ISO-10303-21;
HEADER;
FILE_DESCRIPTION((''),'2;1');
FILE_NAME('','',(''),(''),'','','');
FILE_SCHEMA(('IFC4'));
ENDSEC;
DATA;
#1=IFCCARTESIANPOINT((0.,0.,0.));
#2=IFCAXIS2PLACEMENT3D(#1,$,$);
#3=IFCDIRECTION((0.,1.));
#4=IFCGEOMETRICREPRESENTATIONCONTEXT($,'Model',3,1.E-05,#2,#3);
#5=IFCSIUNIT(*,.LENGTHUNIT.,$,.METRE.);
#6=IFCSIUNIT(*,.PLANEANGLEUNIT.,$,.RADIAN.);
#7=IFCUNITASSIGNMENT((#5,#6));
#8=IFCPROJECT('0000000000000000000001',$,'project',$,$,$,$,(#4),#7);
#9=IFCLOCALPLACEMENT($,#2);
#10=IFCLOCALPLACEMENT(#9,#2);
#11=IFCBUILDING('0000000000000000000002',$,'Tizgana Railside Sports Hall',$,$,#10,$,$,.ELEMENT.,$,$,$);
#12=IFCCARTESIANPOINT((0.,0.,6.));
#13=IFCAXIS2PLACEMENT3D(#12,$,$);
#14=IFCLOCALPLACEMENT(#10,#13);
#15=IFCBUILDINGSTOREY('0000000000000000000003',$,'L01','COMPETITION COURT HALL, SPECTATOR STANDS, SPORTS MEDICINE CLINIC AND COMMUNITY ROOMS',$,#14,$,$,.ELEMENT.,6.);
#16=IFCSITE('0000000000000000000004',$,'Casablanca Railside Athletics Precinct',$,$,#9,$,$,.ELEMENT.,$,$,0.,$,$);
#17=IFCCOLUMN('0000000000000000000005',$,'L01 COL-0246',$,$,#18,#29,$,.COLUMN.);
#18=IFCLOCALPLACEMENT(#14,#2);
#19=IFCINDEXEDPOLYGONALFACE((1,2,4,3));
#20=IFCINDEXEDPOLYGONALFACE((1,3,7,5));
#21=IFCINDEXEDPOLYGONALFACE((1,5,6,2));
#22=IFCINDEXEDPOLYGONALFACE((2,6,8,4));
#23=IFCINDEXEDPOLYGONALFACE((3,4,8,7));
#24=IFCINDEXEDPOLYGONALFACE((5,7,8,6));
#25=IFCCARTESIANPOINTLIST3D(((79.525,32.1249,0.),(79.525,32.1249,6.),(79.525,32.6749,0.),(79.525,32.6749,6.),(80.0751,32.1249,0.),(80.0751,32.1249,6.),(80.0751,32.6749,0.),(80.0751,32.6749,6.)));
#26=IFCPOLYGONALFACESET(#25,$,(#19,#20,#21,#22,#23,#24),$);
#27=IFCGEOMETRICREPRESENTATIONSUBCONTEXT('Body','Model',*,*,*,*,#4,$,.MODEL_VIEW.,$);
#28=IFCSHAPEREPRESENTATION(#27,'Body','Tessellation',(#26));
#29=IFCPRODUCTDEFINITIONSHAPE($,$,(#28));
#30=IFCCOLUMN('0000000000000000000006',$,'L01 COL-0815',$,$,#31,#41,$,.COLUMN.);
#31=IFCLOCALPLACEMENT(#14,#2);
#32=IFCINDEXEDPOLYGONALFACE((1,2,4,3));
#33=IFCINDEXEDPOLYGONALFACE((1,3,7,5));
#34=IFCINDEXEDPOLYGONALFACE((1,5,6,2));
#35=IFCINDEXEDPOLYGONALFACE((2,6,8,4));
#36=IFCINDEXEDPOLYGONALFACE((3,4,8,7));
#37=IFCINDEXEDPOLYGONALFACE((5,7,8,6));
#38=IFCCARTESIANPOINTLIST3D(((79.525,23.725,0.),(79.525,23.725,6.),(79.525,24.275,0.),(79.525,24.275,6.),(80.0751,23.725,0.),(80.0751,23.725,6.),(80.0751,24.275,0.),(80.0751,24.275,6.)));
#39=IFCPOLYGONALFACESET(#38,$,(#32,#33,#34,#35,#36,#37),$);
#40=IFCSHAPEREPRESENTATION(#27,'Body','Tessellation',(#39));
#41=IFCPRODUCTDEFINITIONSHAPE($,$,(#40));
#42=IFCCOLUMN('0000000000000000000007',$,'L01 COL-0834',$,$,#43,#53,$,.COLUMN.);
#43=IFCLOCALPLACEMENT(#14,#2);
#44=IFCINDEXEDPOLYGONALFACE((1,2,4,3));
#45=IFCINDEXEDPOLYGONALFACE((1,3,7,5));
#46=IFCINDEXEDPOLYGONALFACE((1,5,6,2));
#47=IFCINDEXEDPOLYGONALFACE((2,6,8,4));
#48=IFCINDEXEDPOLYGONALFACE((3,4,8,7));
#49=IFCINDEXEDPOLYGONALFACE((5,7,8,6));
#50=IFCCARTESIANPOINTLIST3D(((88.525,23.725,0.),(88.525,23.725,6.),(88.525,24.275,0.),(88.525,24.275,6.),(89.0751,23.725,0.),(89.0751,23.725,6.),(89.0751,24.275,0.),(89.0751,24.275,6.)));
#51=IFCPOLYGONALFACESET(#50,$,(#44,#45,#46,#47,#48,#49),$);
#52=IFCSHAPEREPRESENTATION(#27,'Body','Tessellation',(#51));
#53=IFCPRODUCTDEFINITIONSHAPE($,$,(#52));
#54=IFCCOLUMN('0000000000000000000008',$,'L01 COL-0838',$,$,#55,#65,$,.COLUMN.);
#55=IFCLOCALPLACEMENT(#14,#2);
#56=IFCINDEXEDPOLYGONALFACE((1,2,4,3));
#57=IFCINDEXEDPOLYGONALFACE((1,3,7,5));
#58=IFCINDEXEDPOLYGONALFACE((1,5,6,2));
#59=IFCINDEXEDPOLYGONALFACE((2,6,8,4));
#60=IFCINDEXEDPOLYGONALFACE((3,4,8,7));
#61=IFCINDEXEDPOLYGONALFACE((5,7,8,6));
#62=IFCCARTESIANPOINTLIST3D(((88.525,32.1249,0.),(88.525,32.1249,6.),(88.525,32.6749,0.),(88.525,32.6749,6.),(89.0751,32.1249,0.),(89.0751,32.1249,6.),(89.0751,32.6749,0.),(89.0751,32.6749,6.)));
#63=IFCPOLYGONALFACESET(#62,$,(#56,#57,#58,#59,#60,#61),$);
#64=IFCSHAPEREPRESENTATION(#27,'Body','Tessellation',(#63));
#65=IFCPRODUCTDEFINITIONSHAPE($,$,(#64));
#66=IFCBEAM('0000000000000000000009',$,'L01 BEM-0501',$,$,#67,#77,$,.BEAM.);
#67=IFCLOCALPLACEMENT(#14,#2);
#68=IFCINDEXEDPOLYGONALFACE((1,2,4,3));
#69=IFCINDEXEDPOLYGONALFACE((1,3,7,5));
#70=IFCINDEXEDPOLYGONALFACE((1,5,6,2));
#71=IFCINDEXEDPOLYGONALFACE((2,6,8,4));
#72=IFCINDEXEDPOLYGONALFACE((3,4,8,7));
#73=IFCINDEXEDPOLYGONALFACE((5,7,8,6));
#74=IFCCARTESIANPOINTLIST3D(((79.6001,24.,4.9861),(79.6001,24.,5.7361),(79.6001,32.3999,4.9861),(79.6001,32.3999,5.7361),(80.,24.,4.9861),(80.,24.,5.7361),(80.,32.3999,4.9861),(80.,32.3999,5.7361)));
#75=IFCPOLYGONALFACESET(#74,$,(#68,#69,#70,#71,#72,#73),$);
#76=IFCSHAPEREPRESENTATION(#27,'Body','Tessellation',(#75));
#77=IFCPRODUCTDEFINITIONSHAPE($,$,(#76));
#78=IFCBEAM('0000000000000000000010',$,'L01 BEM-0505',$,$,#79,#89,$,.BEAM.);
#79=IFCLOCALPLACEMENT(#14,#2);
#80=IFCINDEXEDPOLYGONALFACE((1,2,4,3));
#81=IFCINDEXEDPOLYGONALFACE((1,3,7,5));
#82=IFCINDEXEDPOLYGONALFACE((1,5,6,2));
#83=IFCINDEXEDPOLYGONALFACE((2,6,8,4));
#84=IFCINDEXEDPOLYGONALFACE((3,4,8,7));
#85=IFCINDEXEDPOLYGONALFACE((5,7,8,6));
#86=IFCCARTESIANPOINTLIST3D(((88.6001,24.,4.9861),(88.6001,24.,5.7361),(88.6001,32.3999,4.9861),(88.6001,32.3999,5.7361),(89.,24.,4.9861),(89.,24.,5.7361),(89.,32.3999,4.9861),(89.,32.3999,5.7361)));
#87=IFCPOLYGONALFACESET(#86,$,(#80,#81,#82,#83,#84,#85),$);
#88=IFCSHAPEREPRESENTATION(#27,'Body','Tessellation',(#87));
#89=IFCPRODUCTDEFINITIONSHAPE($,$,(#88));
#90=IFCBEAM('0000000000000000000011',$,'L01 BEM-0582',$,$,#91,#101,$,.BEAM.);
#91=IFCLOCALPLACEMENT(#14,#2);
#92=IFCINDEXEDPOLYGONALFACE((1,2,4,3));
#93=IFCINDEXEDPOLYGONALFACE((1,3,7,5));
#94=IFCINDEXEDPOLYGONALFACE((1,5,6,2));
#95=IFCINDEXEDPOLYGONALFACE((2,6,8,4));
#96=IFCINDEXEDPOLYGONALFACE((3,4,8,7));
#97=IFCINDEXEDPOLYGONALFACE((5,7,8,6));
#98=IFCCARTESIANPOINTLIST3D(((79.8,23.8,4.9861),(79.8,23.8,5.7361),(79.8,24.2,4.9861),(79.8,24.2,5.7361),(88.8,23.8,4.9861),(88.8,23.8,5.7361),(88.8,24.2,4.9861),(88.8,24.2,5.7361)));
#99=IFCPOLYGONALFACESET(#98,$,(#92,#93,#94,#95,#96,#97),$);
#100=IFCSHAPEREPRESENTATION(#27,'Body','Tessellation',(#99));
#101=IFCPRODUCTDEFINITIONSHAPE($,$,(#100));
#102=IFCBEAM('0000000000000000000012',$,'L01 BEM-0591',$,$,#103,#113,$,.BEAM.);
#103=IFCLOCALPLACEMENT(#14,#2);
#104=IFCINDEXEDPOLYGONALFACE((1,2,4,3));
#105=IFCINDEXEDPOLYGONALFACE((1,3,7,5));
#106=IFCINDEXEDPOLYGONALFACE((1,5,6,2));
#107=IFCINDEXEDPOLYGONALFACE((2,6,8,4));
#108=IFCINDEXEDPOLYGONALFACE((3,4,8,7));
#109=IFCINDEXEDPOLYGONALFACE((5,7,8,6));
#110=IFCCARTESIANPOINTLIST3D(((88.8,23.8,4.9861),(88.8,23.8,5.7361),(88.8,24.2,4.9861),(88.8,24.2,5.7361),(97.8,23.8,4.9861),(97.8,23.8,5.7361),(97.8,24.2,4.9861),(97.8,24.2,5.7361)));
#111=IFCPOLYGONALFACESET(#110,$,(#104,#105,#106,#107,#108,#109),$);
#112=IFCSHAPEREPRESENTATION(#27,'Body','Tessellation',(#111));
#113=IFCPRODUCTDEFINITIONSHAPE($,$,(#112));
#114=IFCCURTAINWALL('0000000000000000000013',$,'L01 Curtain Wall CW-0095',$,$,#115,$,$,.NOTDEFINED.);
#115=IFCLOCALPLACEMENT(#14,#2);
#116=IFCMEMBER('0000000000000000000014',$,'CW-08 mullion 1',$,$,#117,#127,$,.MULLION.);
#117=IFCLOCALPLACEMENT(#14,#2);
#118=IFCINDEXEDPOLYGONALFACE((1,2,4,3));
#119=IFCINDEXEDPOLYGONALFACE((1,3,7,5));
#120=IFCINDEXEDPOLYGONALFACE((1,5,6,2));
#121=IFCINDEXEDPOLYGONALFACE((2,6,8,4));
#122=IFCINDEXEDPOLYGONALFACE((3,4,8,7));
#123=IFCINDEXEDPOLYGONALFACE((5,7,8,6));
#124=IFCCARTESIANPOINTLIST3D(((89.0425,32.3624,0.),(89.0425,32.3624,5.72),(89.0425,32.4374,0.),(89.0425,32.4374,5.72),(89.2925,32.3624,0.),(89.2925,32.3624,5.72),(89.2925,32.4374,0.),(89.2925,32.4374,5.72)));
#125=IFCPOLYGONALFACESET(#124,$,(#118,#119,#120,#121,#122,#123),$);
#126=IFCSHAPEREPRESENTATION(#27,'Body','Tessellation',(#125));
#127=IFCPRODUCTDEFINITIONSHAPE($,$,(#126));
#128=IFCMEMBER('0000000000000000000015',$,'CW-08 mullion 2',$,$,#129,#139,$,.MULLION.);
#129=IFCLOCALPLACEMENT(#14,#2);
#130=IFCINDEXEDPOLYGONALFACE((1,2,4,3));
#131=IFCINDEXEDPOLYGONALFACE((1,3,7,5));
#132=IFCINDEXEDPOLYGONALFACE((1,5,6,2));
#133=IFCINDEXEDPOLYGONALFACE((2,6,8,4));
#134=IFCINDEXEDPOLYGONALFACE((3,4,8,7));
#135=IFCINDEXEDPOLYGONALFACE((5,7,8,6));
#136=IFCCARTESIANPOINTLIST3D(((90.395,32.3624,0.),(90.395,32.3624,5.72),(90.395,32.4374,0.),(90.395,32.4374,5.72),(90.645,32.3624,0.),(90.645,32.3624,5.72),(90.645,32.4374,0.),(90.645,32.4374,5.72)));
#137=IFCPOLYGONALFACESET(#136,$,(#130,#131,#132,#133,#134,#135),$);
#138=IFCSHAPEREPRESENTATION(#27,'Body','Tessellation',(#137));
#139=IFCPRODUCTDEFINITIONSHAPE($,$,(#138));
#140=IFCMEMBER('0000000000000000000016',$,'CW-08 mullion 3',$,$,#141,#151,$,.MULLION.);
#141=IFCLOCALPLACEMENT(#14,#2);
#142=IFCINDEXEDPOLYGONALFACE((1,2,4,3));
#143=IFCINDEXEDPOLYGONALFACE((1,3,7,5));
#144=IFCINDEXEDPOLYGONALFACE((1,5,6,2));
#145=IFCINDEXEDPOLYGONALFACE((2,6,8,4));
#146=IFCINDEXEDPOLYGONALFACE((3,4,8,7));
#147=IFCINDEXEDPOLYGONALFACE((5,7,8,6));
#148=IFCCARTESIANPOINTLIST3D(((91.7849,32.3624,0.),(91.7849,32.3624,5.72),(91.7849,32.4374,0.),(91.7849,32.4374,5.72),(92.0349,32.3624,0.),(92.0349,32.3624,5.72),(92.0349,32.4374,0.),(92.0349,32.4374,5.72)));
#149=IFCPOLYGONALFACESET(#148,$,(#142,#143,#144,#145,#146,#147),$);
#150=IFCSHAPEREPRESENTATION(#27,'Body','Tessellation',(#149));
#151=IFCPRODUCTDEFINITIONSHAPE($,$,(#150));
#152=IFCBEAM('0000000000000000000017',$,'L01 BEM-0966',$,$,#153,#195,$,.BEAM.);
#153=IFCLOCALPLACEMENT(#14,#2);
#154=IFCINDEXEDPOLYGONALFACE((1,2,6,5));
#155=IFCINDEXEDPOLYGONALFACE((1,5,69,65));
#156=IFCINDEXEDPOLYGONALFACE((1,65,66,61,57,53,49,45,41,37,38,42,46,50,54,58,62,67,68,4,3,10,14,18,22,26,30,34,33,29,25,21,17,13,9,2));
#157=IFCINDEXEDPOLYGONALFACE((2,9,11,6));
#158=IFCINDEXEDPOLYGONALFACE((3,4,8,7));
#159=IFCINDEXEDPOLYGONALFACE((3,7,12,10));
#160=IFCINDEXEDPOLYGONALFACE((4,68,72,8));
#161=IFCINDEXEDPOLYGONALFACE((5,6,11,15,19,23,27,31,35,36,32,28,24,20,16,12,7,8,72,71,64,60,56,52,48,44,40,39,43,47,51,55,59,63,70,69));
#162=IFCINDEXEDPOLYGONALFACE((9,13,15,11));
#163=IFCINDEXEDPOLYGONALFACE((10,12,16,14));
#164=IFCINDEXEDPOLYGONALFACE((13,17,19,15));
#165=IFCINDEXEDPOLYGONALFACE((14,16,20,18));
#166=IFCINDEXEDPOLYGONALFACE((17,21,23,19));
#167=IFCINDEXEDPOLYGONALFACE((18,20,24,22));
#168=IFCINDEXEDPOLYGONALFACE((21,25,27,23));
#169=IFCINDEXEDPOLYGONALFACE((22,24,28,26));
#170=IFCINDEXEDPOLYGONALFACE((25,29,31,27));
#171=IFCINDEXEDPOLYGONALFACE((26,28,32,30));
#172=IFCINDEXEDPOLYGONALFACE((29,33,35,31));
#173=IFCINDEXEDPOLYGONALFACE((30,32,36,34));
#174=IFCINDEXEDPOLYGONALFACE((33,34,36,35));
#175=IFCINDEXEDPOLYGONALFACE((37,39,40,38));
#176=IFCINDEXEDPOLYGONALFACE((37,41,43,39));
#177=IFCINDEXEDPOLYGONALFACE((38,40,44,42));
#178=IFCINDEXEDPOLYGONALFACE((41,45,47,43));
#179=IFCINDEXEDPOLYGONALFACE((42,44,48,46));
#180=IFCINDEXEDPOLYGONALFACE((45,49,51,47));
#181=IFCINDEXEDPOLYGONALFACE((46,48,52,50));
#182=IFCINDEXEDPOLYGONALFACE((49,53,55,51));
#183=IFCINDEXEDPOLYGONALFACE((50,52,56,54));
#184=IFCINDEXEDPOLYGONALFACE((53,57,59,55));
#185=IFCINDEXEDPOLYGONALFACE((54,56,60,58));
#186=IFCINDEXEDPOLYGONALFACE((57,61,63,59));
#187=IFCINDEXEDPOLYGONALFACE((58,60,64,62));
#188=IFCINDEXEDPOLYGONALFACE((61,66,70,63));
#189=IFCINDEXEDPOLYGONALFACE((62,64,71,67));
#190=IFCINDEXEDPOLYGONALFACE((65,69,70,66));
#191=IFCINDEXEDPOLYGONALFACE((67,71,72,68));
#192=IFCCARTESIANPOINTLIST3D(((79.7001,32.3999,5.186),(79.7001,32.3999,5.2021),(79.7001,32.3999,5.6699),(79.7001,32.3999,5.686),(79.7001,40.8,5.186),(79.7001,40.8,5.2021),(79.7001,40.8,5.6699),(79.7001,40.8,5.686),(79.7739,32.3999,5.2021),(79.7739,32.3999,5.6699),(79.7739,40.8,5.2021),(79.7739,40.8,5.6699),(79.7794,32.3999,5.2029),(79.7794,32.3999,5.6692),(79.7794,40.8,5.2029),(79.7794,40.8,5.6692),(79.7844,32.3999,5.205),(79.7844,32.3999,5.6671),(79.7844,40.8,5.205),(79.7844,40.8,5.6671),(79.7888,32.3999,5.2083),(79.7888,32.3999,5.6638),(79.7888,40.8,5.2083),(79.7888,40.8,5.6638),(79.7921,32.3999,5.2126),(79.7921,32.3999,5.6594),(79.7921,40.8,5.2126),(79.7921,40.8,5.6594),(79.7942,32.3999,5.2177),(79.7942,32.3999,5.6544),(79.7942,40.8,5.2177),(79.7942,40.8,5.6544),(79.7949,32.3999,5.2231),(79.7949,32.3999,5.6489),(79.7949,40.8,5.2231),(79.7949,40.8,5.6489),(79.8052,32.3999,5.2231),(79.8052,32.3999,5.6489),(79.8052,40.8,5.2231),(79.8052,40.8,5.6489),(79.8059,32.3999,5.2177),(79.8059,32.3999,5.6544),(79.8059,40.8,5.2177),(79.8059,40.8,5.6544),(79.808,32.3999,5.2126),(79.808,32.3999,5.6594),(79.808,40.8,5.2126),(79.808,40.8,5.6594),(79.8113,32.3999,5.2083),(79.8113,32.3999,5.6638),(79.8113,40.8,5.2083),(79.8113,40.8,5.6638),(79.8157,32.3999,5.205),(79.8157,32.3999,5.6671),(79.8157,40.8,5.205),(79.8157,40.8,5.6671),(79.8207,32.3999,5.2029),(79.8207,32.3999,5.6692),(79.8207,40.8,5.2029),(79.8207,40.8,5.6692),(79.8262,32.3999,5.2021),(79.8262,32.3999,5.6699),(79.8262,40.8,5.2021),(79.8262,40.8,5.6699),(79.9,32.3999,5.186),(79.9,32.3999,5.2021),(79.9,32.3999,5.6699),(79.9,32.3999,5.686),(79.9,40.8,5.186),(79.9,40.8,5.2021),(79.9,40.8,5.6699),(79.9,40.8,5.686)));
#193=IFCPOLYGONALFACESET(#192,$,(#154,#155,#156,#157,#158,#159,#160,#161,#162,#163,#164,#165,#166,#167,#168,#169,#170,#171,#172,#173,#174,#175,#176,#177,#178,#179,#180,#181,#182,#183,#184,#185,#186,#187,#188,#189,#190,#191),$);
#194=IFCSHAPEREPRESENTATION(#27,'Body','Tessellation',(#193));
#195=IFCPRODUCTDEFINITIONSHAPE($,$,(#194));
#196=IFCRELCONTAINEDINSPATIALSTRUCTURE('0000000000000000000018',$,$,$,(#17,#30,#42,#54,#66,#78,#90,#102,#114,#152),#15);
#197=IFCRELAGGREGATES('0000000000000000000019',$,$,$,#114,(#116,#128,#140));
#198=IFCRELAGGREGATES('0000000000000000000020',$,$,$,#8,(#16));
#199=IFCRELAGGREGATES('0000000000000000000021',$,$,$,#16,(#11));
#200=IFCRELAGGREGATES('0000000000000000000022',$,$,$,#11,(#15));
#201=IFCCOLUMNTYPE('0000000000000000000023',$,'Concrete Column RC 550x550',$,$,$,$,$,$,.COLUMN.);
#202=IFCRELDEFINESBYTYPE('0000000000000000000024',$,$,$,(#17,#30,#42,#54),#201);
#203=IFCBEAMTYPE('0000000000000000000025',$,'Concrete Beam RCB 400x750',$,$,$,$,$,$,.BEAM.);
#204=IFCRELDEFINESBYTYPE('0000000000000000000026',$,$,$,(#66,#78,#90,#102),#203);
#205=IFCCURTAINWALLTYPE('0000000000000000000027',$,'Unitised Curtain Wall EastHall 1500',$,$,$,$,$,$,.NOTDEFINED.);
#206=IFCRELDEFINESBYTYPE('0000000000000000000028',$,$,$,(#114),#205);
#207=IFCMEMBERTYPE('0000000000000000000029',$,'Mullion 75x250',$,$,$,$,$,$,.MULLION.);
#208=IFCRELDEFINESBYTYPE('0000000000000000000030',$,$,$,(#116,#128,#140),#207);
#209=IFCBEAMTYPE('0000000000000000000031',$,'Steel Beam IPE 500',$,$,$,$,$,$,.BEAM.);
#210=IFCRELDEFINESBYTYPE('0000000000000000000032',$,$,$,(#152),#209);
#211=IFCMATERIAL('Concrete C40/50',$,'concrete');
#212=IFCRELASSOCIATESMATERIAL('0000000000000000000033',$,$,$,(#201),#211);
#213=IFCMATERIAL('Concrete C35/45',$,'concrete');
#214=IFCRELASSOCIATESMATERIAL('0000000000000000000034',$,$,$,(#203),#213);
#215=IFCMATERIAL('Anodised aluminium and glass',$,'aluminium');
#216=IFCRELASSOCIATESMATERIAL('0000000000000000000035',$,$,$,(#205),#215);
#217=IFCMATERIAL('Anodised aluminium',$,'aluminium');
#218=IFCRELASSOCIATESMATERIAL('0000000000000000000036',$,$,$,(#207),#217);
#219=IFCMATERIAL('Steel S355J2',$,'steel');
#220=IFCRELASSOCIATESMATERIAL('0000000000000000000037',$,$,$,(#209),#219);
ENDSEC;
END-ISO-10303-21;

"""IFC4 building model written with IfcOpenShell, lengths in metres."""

from ifc_helpers import new_model, si_unit, direction, frame, origin, origin_2d, place, context, subcontext, project, spatial, rectangle, i_section, extrude, material, material_profile, profile_set, type_object, element, aggregate, save


model = new_model("IFC4")

# Units and contexts
model_context = context("Model", 3, precision=1e-05, world=origin(), true_north=direction((0.0, 1.0)))
body_context = subcontext(model_context, "Body", "Model", "MODEL_VIEW")
ifc_project = project(units=[si_unit("LENGTHUNIT", "METRE"), si_unit("PLANEANGLEUNIT", "RADIAN")], contexts=[model_context])

# Site, building, storey
site_placement = place(None, origin())
site = spatial("IfcSite", under=ifc_project, at=site_placement, Name="Casablanca Railside Athletics Precinct", CompositionType="ELEMENT", RefElevation=0.0)
building_placement = place(site_placement, origin())
building = spatial("IfcBuilding", under=site, at=building_placement, Name="Tizgana Railside Sports Hall", CompositionType="ELEMENT")
storey_placement = place(building_placement, frame((0.0, 0.0, 6.0)))
storey = spatial("IfcBuildingStorey", under=building, at=storey_placement, Name="L01", Description="COMPETITION COURT HALL, SPECTATOR STANDS, SPORTS MEDICINE CLINIC AND COMMUNITY ROOMS", CompositionType="ELEMENT", Elevation=6.0)

# Columns
ifc_material_1 = material(Name="Concrete C40/50", Category="concrete")
ifc_material_profile_1 = material_profile(ifc_material_1, rectangle(XDim=0.55, YDim=0.55, at=origin_2d()), Name="RC 550x550")
ifc_profile_set_1 = profile_set([ifc_material_profile_1], Name="Concrete C40/50")
column_type = type_object("IfcColumnType", Name="Concrete Column RC 550x550", PredefinedType="COLUMN", material=ifc_profile_set_1)
for number, where, z_axis, x_axis, name in (
    (1, (79.8, 32.3999, 0.0), (0.0, 0.0, 1.0), (1.0, 0.0, 0.0), "L01 COL-0246"),
    (2, (79.8, 24.0, 0.0), (0.0, 0.0, 1.0), (1.0, 0.0, 0.0), "L01 COL-0815"),
    (3, (88.8, 24.0, 0.0), (0.0, 0.0, 1.0), (1.0, 0.0, 0.0), "L01 COL-0834"),
    (4, (88.8, 32.3999, 0.0), (0.0, 0.0, 1.0), (1.0, 0.0, 0.0), "L01 COL-0838"),
):
    element("IfcColumn", number, at=place(storey_placement, frame(where, z_axis=z_axis, x_axis=x_axis)), inside=storey, type_object=column_type, Name=name, PredefinedType="COLUMN", context=body_context, shape_type="SweptSolid", body=[
        extrude(rectangle(XDim=0.55, YDim=0.55, at=origin_2d()), origin(), (0.0, 0.0, 1.0), 6.0),
    ])

# Beams
ifc_material_2 = material(Name="Concrete C35/45", Category="concrete")
ifc_material_profile_2 = material_profile(ifc_material_2, rectangle(XDim=0.3999, YDim=0.75, at=origin_2d()), Name="RCB 400x750")
ifc_profile_set_2 = profile_set([ifc_material_profile_2], Name="Concrete C35/45")
beam_type_1 = type_object("IfcBeamType", Name="Concrete Beam RCB 400x750", PredefinedType="BEAM", material=ifc_profile_set_2)
for number, where, z_axis, x_axis, name in (
    (5, (79.8, 24.0, 5.3611), (0.0, 1.0, 0.0), (-1.0, 0.0, 0.0), "L01 BEM-0501"),
    (6, (88.8, 24.0, 5.3611), (0.0, 1.0, 0.0), (-1.0, 0.0, 0.0), "L01 BEM-0505"),
):
    element("IfcBeam", number, at=place(storey_placement, frame(where, z_axis=z_axis, x_axis=x_axis)), inside=storey, type_object=beam_type_1, Name=name, PredefinedType="BEAM", context=body_context, shape_type="SweptSolid", body=[
        extrude(rectangle(XDim=0.3999, YDim=0.75, at=origin_2d()), origin(), (0.0, 0.0, 1.0), 8.3999),
    ])
for number, where, z_axis, x_axis, name in (
    (7, (79.8, 24.0, 5.3611), (1.0, 0.0, 0.0), (0.0, 1.0, 0.0), "L01 BEM-0582"),
    (8, (88.8, 24.0, 5.3611), (1.0, 0.0, 0.0), (0.0, 1.0, 0.0), "L01 BEM-0591"),
):
    element("IfcBeam", number, at=place(storey_placement, frame(where, z_axis=z_axis, x_axis=x_axis)), inside=storey, type_object=beam_type_1, Name=name, PredefinedType="BEAM", context=body_context, shape_type="SweptSolid", body=[
        extrude(rectangle(XDim=0.3999, YDim=0.75, at=origin_2d()), origin(), (0.0, 0.0, 1.0), 9.0),
    ])

# Curtain wall, members
ifc_material_3 = material(Name="Anodised aluminium and glass", Category="aluminium")
curtain_wall_type = type_object("IfcCurtainWallType", Name="Unitised Curtain Wall EastHall 1500", PredefinedType="NOTDEFINED", material=ifc_material_3)
curtain_wall_placement = place(storey_placement, origin())
curtain_wall = element("IfcCurtainWall", 9, at=curtain_wall_placement, inside=storey, type_object=curtain_wall_type, Name="L01 Curtain Wall CW-0095", PredefinedType="NOTDEFINED")
ifc_material_4 = material(Name="Anodised aluminium", Category="aluminium")
ifc_material_profile_3 = material_profile(ifc_material_4, rectangle(XDim=0.075, YDim=0.25, at=origin_2d()), Name="Mullion 75x250")
ifc_profile_set_3 = profile_set([ifc_material_profile_3], Name="Anodised aluminium")
member_type_1 = type_object("IfcMemberType", Name="Mullion 75x250", PredefinedType="MULLION", material=ifc_profile_set_3)
member_1_placement = place(storey_placement, frame((89.1675, 32.3999, 0.0), z_axis=(0.0, 0.0, 1.0), x_axis=(0.0, 1.0, 0.0)))
member_1 = element("IfcMember", 10, at=member_1_placement, type_object=member_type_1, Name="CW-08 mullion 1", PredefinedType="MULLION", context=body_context, shape_type="SweptSolid", body=[
    extrude(rectangle(XDim=0.075, YDim=0.25, at=origin_2d()), origin(), (0.0, 0.0, 1.0), 5.72),
])
member_2_placement = place(storey_placement, frame((90.52, 32.3999, 0.0), z_axis=(0.0, 0.0, 1.0), x_axis=(0.0, 1.0, 0.0)))
member_2 = element("IfcMember", 11, at=member_2_placement, type_object=member_type_1, Name="CW-08 mullion 2", PredefinedType="MULLION", context=body_context, shape_type="SweptSolid", body=[
    extrude(rectangle(XDim=0.075, YDim=0.25, at=origin_2d()), origin(), (0.0, 0.0, 1.0), 5.72),
])
member_3_placement = place(storey_placement, frame((91.9099, 32.3999, 0.0), z_axis=(0.0, 0.0, 1.0), x_axis=(0.0, 1.0, 0.0)))
member_3 = element("IfcMember", 12, at=member_3_placement, type_object=member_type_1, Name="CW-08 mullion 3", PredefinedType="MULLION", context=body_context, shape_type="SweptSolid", body=[
    extrude(rectangle(XDim=0.075, YDim=0.25, at=origin_2d()), origin(), (0.0, 0.0, 1.0), 5.72),
])

# Beam
ifc_material_5 = material(Name="Steel S355J2", Category="steel")
ifc_material_profile_4 = material_profile(ifc_material_5, i_section(OverallWidth=0.2, OverallDepth=0.5, WebThickness=0.0103, FlangeThickness=0.0161, FilletRadius=0.021, at=origin_2d()), Name="IPE 500")
ifc_profile_set_4 = profile_set([ifc_material_profile_4], Name="Steel S355J2")
beam_type_2 = type_object("IfcBeamType", Name="Steel Beam IPE 500", PredefinedType="BEAM", material=ifc_profile_set_4)
beam_placement = place(storey_placement, frame((79.8, 32.3999, 5.436), z_axis=(0.0, 1.0, 0.0), x_axis=(-1.0, 0.0, 0.0)))
element("IfcBeam", 13, at=beam_placement, inside=storey, type_object=beam_type_2, Name="L01 BEM-0966", PredefinedType="BEAM", context=body_context, shape_type="SweptSolid", body=[
    extrude(i_section(OverallWidth=0.2, OverallDepth=0.5, WebThickness=0.0103, FlangeThickness=0.0161, FilletRadius=0.021, at=origin_2d()), origin(), (0.0, 0.0, 1.0), 8.4001),
])

aggregate(curtain_wall, [member_1, member_2, member_3])

save(model, "model.ifc")
